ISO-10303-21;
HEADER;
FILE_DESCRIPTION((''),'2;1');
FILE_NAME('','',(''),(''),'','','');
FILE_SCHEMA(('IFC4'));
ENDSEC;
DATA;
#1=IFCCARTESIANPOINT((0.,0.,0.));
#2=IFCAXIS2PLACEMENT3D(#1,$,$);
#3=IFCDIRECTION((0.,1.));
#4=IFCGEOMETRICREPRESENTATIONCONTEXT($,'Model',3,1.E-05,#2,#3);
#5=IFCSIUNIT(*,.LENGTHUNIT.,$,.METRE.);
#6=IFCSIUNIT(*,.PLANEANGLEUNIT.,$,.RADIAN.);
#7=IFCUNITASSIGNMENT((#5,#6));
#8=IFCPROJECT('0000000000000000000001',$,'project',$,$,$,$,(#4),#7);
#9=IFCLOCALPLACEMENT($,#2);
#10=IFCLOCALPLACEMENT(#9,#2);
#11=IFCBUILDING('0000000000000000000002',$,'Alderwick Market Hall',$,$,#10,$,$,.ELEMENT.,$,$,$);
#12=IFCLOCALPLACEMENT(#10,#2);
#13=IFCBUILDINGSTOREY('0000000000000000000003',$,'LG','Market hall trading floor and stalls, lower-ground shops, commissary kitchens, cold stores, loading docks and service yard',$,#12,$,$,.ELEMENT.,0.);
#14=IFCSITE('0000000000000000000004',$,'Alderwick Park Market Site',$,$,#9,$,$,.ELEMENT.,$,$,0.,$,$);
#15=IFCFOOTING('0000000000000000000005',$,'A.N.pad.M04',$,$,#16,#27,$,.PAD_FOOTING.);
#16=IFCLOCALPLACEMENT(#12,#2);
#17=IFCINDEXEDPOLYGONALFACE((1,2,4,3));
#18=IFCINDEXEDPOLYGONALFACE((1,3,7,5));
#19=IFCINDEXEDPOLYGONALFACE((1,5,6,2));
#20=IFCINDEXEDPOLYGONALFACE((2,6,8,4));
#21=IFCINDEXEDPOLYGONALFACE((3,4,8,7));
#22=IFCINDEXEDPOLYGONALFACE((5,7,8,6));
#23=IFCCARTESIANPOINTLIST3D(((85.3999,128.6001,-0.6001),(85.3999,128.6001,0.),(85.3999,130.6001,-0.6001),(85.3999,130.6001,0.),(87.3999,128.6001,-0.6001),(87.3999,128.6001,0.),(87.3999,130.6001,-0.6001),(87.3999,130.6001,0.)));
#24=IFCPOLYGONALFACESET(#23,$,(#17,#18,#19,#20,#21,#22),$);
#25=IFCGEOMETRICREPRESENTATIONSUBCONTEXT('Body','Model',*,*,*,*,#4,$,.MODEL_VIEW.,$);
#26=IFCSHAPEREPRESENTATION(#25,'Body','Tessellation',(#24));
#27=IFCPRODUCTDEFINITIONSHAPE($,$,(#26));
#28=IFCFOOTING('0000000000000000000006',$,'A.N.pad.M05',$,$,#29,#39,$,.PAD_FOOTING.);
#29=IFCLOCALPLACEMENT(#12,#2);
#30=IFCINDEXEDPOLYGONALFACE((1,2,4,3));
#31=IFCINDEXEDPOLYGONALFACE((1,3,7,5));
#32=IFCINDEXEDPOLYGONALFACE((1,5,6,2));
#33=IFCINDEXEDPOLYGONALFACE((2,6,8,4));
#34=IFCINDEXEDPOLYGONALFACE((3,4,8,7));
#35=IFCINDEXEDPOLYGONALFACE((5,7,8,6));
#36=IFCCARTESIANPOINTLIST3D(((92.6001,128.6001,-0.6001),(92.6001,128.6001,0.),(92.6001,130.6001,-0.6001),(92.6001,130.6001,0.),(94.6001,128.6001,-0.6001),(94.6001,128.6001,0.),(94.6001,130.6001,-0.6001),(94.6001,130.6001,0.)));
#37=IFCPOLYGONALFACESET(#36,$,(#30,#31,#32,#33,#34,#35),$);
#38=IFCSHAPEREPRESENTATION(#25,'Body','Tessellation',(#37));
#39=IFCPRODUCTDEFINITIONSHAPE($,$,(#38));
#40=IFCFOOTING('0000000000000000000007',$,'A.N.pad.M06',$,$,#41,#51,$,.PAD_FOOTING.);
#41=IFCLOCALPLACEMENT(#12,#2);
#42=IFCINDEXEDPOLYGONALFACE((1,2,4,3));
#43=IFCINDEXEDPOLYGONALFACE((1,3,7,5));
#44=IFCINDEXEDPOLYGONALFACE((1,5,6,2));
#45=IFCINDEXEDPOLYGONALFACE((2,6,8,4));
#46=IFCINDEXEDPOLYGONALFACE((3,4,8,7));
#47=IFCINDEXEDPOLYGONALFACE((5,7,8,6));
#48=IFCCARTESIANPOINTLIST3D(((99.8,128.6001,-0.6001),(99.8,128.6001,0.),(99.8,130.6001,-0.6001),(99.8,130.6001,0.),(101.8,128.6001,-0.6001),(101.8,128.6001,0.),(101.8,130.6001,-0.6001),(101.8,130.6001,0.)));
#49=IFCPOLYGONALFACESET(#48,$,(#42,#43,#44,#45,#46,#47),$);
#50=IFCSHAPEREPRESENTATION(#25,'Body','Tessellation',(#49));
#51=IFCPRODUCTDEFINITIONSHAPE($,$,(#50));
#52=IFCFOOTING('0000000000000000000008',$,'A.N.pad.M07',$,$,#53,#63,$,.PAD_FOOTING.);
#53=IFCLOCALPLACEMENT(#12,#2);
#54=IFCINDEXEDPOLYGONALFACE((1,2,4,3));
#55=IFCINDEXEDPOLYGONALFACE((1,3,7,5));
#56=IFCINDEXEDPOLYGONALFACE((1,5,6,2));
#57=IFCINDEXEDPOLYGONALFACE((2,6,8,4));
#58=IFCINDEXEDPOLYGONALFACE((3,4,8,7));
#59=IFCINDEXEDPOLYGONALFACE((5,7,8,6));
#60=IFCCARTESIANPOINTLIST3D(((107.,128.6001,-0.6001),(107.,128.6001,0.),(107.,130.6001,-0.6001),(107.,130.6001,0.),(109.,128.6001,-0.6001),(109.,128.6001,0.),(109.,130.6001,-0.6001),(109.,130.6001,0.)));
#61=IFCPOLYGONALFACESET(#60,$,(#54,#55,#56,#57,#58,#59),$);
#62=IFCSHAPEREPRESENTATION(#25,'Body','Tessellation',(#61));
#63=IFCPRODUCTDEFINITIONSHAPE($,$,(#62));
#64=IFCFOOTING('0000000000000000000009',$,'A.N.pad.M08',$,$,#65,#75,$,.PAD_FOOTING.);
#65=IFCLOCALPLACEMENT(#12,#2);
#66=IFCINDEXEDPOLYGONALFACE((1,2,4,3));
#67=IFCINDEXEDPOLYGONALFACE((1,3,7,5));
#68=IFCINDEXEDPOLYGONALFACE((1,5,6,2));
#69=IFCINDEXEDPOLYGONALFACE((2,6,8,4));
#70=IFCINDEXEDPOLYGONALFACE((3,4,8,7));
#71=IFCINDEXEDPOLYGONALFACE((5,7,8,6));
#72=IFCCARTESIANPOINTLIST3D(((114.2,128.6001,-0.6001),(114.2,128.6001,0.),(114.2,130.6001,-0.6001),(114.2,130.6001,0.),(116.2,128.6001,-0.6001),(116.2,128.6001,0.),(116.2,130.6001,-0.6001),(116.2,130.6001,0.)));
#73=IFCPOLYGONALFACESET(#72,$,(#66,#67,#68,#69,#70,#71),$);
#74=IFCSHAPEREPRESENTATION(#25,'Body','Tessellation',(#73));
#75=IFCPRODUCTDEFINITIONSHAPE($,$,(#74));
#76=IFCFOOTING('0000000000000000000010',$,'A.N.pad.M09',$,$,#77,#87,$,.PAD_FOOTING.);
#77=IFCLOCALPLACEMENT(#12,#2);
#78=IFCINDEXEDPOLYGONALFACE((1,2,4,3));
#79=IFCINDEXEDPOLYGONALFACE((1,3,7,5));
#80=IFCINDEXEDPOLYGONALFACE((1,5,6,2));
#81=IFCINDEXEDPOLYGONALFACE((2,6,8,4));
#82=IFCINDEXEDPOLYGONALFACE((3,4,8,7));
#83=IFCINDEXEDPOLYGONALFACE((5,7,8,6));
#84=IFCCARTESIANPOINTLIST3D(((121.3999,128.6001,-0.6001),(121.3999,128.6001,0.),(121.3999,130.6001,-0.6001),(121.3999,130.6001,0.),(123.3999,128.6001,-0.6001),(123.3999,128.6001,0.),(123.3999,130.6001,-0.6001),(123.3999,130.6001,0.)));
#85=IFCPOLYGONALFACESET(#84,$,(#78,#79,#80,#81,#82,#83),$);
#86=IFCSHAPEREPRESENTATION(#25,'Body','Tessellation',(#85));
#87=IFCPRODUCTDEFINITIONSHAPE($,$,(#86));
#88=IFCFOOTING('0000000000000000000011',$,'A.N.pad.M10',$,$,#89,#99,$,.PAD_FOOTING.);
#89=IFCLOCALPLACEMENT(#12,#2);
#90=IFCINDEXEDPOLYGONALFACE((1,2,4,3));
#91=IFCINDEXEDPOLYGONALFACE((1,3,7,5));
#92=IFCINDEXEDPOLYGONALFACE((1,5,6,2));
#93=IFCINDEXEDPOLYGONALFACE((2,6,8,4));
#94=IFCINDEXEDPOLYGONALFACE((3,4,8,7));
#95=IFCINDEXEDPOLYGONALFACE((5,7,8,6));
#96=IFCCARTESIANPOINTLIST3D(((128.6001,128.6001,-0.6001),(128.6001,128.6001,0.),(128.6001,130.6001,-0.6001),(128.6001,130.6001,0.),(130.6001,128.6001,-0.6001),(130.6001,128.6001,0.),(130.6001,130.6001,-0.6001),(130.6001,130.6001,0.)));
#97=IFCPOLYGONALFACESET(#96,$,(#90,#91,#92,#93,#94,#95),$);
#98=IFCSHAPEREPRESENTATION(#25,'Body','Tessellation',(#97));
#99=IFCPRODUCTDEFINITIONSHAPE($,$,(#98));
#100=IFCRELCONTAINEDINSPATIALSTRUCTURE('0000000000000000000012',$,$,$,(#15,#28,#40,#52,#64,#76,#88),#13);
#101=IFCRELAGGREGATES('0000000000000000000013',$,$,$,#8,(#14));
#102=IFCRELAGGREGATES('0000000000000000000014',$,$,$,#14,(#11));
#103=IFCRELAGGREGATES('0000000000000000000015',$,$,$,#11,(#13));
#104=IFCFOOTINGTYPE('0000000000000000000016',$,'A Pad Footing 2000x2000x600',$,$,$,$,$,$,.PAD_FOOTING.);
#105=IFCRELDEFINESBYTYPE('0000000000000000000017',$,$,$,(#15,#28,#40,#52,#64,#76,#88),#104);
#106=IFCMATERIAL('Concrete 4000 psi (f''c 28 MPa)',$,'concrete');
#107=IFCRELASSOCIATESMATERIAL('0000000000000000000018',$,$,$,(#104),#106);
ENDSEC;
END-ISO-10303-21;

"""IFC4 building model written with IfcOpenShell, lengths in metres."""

from ifc_helpers import new_model, si_unit, direction, frame, origin, place, context, subcontext, project, spatial, polyline, outline, extrude, material, type_object, element, save


model = new_model("IFC4")

# Units and contexts
model_context = context("Model", 3, precision=1e-05, world=origin(), true_north=direction((0.0, 1.0)))
body_context = subcontext(model_context, "Body", "Model", "MODEL_VIEW")
ifc_project = project(units=[si_unit("LENGTHUNIT", "METRE"), si_unit("PLANEANGLEUNIT", "RADIAN")], contexts=[model_context])

# Site, building, storey
site_placement = place(None, origin())
site = spatial("IfcSite", under=ifc_project, at=site_placement, Name="Alderwick Park Market Site", CompositionType="ELEMENT", RefElevation=0.0)
building_placement = place(site_placement, origin())
building = spatial("IfcBuilding", under=site, at=building_placement, Name="Alderwick Market Hall", CompositionType="ELEMENT")
storey_placement = place(building_placement, origin())
storey = spatial("IfcBuildingStorey", under=building, at=storey_placement, Name="LG", Description="Market hall trading floor and stalls, lower-ground shops, commissary kitchens, cold stores, loading docks and service yard", CompositionType="ELEMENT", Elevation=0.0)

# Footings
ifc_material = material(Name="Concrete 4000 psi (f'c 28 MPa)", Category="concrete")
footing_type = type_object("IfcFootingType", Name="A Pad Footing 2000x2000x600", PredefinedType="PAD_FOOTING", material=ifc_material)
footing_1_placement = place(storey_placement, frame((0.0, 0.0, -0.6001)))
element("IfcFooting", 1, at=footing_1_placement, inside=storey, type_object=footing_type, Name="A.N.pad.M04", PredefinedType="PAD_FOOTING", context=body_context, shape_type="SweptSolid", body=[
    extrude(outline(polyline([(85.3999, 128.6001), (87.3999, 128.6001), (87.3999, 130.6001), (85.3999, 130.6001), (85.3999, 128.6001)])), origin(), (0.0, 0.0, 1.0), 0.6001),
])
footing_2_placement = place(storey_placement, frame((0.0, 0.0, -0.6001)))
element("IfcFooting", 2, at=footing_2_placement, inside=storey, type_object=footing_type, Name="A.N.pad.M05", PredefinedType="PAD_FOOTING", context=body_context, shape_type="SweptSolid", body=[
    extrude(outline(polyline([(92.6001, 128.6001), (94.6001, 128.6001), (94.6001, 130.6001), (92.6001, 130.6001), (92.6001, 128.6001)])), origin(), (0.0, 0.0, 1.0), 0.6001),
])
footing_3_placement = place(storey_placement, frame((0.0, 0.0, -0.6001)))
element("IfcFooting", 3, at=footing_3_placement, inside=storey, type_object=footing_type, Name="A.N.pad.M06", PredefinedType="PAD_FOOTING", context=body_context, shape_type="SweptSolid", body=[
    extrude(outline(polyline([(99.8, 128.6001), (101.8, 128.6001), (101.8, 130.6001), (99.8, 130.6001), (99.8, 128.6001)])), origin(), (0.0, 0.0, 1.0), 0.6001),
])
footing_4_placement = place(storey_placement, frame((0.0, 0.0, -0.6001)))
element("IfcFooting", 4, at=footing_4_placement, inside=storey, type_object=footing_type, Name="A.N.pad.M07", PredefinedType="PAD_FOOTING", context=body_context, shape_type="SweptSolid", body=[
    extrude(outline(polyline([(107.0, 128.6001), (109.0, 128.6001), (109.0, 130.6001), (107.0, 130.6001), (107.0, 128.6001)])), origin(), (0.0, 0.0, 1.0), 0.6001),
])
footing_5_placement = place(storey_placement, frame((0.0, 0.0, -0.6001)))
element("IfcFooting", 5, at=footing_5_placement, inside=storey, type_object=footing_type, Name="A.N.pad.M08", PredefinedType="PAD_FOOTING", context=body_context, shape_type="SweptSolid", body=[
    extrude(outline(polyline([(114.2, 128.6001), (116.2, 128.6001), (116.2, 130.6001), (114.2, 130.6001), (114.2, 128.6001)])), origin(), (0.0, 0.0, 1.0), 0.6001),
])
footing_6_placement = place(storey_placement, frame((0.0, 0.0, -0.6001)))
element("IfcFooting", 6, at=footing_6_placement, inside=storey, type_object=footing_type, Name="A.N.pad.M09", PredefinedType="PAD_FOOTING", context=body_context, shape_type="SweptSolid", body=[
    extrude(outline(polyline([(121.3999, 128.6001), (123.3999, 128.6001), (123.3999, 130.6001), (121.3999, 130.6001), (121.3999, 128.6001)])), origin(), (0.0, 0.0, 1.0), 0.6001),
])
footing_7_placement = place(storey_placement, frame((0.0, 0.0, -0.6001)))
element("IfcFooting", 7, at=footing_7_placement, inside=storey, type_object=footing_type, Name="A.N.pad.M10", PredefinedType="PAD_FOOTING", context=body_context, shape_type="SweptSolid", body=[
    extrude(outline(polyline([(128.6001, 128.6001), (130.6001, 128.6001), (130.6001, 130.6001), (128.6001, 130.6001), (128.6001, 128.6001)])), origin(), (0.0, 0.0, 1.0), 0.6001),
])

save(model, "model.ifc")
